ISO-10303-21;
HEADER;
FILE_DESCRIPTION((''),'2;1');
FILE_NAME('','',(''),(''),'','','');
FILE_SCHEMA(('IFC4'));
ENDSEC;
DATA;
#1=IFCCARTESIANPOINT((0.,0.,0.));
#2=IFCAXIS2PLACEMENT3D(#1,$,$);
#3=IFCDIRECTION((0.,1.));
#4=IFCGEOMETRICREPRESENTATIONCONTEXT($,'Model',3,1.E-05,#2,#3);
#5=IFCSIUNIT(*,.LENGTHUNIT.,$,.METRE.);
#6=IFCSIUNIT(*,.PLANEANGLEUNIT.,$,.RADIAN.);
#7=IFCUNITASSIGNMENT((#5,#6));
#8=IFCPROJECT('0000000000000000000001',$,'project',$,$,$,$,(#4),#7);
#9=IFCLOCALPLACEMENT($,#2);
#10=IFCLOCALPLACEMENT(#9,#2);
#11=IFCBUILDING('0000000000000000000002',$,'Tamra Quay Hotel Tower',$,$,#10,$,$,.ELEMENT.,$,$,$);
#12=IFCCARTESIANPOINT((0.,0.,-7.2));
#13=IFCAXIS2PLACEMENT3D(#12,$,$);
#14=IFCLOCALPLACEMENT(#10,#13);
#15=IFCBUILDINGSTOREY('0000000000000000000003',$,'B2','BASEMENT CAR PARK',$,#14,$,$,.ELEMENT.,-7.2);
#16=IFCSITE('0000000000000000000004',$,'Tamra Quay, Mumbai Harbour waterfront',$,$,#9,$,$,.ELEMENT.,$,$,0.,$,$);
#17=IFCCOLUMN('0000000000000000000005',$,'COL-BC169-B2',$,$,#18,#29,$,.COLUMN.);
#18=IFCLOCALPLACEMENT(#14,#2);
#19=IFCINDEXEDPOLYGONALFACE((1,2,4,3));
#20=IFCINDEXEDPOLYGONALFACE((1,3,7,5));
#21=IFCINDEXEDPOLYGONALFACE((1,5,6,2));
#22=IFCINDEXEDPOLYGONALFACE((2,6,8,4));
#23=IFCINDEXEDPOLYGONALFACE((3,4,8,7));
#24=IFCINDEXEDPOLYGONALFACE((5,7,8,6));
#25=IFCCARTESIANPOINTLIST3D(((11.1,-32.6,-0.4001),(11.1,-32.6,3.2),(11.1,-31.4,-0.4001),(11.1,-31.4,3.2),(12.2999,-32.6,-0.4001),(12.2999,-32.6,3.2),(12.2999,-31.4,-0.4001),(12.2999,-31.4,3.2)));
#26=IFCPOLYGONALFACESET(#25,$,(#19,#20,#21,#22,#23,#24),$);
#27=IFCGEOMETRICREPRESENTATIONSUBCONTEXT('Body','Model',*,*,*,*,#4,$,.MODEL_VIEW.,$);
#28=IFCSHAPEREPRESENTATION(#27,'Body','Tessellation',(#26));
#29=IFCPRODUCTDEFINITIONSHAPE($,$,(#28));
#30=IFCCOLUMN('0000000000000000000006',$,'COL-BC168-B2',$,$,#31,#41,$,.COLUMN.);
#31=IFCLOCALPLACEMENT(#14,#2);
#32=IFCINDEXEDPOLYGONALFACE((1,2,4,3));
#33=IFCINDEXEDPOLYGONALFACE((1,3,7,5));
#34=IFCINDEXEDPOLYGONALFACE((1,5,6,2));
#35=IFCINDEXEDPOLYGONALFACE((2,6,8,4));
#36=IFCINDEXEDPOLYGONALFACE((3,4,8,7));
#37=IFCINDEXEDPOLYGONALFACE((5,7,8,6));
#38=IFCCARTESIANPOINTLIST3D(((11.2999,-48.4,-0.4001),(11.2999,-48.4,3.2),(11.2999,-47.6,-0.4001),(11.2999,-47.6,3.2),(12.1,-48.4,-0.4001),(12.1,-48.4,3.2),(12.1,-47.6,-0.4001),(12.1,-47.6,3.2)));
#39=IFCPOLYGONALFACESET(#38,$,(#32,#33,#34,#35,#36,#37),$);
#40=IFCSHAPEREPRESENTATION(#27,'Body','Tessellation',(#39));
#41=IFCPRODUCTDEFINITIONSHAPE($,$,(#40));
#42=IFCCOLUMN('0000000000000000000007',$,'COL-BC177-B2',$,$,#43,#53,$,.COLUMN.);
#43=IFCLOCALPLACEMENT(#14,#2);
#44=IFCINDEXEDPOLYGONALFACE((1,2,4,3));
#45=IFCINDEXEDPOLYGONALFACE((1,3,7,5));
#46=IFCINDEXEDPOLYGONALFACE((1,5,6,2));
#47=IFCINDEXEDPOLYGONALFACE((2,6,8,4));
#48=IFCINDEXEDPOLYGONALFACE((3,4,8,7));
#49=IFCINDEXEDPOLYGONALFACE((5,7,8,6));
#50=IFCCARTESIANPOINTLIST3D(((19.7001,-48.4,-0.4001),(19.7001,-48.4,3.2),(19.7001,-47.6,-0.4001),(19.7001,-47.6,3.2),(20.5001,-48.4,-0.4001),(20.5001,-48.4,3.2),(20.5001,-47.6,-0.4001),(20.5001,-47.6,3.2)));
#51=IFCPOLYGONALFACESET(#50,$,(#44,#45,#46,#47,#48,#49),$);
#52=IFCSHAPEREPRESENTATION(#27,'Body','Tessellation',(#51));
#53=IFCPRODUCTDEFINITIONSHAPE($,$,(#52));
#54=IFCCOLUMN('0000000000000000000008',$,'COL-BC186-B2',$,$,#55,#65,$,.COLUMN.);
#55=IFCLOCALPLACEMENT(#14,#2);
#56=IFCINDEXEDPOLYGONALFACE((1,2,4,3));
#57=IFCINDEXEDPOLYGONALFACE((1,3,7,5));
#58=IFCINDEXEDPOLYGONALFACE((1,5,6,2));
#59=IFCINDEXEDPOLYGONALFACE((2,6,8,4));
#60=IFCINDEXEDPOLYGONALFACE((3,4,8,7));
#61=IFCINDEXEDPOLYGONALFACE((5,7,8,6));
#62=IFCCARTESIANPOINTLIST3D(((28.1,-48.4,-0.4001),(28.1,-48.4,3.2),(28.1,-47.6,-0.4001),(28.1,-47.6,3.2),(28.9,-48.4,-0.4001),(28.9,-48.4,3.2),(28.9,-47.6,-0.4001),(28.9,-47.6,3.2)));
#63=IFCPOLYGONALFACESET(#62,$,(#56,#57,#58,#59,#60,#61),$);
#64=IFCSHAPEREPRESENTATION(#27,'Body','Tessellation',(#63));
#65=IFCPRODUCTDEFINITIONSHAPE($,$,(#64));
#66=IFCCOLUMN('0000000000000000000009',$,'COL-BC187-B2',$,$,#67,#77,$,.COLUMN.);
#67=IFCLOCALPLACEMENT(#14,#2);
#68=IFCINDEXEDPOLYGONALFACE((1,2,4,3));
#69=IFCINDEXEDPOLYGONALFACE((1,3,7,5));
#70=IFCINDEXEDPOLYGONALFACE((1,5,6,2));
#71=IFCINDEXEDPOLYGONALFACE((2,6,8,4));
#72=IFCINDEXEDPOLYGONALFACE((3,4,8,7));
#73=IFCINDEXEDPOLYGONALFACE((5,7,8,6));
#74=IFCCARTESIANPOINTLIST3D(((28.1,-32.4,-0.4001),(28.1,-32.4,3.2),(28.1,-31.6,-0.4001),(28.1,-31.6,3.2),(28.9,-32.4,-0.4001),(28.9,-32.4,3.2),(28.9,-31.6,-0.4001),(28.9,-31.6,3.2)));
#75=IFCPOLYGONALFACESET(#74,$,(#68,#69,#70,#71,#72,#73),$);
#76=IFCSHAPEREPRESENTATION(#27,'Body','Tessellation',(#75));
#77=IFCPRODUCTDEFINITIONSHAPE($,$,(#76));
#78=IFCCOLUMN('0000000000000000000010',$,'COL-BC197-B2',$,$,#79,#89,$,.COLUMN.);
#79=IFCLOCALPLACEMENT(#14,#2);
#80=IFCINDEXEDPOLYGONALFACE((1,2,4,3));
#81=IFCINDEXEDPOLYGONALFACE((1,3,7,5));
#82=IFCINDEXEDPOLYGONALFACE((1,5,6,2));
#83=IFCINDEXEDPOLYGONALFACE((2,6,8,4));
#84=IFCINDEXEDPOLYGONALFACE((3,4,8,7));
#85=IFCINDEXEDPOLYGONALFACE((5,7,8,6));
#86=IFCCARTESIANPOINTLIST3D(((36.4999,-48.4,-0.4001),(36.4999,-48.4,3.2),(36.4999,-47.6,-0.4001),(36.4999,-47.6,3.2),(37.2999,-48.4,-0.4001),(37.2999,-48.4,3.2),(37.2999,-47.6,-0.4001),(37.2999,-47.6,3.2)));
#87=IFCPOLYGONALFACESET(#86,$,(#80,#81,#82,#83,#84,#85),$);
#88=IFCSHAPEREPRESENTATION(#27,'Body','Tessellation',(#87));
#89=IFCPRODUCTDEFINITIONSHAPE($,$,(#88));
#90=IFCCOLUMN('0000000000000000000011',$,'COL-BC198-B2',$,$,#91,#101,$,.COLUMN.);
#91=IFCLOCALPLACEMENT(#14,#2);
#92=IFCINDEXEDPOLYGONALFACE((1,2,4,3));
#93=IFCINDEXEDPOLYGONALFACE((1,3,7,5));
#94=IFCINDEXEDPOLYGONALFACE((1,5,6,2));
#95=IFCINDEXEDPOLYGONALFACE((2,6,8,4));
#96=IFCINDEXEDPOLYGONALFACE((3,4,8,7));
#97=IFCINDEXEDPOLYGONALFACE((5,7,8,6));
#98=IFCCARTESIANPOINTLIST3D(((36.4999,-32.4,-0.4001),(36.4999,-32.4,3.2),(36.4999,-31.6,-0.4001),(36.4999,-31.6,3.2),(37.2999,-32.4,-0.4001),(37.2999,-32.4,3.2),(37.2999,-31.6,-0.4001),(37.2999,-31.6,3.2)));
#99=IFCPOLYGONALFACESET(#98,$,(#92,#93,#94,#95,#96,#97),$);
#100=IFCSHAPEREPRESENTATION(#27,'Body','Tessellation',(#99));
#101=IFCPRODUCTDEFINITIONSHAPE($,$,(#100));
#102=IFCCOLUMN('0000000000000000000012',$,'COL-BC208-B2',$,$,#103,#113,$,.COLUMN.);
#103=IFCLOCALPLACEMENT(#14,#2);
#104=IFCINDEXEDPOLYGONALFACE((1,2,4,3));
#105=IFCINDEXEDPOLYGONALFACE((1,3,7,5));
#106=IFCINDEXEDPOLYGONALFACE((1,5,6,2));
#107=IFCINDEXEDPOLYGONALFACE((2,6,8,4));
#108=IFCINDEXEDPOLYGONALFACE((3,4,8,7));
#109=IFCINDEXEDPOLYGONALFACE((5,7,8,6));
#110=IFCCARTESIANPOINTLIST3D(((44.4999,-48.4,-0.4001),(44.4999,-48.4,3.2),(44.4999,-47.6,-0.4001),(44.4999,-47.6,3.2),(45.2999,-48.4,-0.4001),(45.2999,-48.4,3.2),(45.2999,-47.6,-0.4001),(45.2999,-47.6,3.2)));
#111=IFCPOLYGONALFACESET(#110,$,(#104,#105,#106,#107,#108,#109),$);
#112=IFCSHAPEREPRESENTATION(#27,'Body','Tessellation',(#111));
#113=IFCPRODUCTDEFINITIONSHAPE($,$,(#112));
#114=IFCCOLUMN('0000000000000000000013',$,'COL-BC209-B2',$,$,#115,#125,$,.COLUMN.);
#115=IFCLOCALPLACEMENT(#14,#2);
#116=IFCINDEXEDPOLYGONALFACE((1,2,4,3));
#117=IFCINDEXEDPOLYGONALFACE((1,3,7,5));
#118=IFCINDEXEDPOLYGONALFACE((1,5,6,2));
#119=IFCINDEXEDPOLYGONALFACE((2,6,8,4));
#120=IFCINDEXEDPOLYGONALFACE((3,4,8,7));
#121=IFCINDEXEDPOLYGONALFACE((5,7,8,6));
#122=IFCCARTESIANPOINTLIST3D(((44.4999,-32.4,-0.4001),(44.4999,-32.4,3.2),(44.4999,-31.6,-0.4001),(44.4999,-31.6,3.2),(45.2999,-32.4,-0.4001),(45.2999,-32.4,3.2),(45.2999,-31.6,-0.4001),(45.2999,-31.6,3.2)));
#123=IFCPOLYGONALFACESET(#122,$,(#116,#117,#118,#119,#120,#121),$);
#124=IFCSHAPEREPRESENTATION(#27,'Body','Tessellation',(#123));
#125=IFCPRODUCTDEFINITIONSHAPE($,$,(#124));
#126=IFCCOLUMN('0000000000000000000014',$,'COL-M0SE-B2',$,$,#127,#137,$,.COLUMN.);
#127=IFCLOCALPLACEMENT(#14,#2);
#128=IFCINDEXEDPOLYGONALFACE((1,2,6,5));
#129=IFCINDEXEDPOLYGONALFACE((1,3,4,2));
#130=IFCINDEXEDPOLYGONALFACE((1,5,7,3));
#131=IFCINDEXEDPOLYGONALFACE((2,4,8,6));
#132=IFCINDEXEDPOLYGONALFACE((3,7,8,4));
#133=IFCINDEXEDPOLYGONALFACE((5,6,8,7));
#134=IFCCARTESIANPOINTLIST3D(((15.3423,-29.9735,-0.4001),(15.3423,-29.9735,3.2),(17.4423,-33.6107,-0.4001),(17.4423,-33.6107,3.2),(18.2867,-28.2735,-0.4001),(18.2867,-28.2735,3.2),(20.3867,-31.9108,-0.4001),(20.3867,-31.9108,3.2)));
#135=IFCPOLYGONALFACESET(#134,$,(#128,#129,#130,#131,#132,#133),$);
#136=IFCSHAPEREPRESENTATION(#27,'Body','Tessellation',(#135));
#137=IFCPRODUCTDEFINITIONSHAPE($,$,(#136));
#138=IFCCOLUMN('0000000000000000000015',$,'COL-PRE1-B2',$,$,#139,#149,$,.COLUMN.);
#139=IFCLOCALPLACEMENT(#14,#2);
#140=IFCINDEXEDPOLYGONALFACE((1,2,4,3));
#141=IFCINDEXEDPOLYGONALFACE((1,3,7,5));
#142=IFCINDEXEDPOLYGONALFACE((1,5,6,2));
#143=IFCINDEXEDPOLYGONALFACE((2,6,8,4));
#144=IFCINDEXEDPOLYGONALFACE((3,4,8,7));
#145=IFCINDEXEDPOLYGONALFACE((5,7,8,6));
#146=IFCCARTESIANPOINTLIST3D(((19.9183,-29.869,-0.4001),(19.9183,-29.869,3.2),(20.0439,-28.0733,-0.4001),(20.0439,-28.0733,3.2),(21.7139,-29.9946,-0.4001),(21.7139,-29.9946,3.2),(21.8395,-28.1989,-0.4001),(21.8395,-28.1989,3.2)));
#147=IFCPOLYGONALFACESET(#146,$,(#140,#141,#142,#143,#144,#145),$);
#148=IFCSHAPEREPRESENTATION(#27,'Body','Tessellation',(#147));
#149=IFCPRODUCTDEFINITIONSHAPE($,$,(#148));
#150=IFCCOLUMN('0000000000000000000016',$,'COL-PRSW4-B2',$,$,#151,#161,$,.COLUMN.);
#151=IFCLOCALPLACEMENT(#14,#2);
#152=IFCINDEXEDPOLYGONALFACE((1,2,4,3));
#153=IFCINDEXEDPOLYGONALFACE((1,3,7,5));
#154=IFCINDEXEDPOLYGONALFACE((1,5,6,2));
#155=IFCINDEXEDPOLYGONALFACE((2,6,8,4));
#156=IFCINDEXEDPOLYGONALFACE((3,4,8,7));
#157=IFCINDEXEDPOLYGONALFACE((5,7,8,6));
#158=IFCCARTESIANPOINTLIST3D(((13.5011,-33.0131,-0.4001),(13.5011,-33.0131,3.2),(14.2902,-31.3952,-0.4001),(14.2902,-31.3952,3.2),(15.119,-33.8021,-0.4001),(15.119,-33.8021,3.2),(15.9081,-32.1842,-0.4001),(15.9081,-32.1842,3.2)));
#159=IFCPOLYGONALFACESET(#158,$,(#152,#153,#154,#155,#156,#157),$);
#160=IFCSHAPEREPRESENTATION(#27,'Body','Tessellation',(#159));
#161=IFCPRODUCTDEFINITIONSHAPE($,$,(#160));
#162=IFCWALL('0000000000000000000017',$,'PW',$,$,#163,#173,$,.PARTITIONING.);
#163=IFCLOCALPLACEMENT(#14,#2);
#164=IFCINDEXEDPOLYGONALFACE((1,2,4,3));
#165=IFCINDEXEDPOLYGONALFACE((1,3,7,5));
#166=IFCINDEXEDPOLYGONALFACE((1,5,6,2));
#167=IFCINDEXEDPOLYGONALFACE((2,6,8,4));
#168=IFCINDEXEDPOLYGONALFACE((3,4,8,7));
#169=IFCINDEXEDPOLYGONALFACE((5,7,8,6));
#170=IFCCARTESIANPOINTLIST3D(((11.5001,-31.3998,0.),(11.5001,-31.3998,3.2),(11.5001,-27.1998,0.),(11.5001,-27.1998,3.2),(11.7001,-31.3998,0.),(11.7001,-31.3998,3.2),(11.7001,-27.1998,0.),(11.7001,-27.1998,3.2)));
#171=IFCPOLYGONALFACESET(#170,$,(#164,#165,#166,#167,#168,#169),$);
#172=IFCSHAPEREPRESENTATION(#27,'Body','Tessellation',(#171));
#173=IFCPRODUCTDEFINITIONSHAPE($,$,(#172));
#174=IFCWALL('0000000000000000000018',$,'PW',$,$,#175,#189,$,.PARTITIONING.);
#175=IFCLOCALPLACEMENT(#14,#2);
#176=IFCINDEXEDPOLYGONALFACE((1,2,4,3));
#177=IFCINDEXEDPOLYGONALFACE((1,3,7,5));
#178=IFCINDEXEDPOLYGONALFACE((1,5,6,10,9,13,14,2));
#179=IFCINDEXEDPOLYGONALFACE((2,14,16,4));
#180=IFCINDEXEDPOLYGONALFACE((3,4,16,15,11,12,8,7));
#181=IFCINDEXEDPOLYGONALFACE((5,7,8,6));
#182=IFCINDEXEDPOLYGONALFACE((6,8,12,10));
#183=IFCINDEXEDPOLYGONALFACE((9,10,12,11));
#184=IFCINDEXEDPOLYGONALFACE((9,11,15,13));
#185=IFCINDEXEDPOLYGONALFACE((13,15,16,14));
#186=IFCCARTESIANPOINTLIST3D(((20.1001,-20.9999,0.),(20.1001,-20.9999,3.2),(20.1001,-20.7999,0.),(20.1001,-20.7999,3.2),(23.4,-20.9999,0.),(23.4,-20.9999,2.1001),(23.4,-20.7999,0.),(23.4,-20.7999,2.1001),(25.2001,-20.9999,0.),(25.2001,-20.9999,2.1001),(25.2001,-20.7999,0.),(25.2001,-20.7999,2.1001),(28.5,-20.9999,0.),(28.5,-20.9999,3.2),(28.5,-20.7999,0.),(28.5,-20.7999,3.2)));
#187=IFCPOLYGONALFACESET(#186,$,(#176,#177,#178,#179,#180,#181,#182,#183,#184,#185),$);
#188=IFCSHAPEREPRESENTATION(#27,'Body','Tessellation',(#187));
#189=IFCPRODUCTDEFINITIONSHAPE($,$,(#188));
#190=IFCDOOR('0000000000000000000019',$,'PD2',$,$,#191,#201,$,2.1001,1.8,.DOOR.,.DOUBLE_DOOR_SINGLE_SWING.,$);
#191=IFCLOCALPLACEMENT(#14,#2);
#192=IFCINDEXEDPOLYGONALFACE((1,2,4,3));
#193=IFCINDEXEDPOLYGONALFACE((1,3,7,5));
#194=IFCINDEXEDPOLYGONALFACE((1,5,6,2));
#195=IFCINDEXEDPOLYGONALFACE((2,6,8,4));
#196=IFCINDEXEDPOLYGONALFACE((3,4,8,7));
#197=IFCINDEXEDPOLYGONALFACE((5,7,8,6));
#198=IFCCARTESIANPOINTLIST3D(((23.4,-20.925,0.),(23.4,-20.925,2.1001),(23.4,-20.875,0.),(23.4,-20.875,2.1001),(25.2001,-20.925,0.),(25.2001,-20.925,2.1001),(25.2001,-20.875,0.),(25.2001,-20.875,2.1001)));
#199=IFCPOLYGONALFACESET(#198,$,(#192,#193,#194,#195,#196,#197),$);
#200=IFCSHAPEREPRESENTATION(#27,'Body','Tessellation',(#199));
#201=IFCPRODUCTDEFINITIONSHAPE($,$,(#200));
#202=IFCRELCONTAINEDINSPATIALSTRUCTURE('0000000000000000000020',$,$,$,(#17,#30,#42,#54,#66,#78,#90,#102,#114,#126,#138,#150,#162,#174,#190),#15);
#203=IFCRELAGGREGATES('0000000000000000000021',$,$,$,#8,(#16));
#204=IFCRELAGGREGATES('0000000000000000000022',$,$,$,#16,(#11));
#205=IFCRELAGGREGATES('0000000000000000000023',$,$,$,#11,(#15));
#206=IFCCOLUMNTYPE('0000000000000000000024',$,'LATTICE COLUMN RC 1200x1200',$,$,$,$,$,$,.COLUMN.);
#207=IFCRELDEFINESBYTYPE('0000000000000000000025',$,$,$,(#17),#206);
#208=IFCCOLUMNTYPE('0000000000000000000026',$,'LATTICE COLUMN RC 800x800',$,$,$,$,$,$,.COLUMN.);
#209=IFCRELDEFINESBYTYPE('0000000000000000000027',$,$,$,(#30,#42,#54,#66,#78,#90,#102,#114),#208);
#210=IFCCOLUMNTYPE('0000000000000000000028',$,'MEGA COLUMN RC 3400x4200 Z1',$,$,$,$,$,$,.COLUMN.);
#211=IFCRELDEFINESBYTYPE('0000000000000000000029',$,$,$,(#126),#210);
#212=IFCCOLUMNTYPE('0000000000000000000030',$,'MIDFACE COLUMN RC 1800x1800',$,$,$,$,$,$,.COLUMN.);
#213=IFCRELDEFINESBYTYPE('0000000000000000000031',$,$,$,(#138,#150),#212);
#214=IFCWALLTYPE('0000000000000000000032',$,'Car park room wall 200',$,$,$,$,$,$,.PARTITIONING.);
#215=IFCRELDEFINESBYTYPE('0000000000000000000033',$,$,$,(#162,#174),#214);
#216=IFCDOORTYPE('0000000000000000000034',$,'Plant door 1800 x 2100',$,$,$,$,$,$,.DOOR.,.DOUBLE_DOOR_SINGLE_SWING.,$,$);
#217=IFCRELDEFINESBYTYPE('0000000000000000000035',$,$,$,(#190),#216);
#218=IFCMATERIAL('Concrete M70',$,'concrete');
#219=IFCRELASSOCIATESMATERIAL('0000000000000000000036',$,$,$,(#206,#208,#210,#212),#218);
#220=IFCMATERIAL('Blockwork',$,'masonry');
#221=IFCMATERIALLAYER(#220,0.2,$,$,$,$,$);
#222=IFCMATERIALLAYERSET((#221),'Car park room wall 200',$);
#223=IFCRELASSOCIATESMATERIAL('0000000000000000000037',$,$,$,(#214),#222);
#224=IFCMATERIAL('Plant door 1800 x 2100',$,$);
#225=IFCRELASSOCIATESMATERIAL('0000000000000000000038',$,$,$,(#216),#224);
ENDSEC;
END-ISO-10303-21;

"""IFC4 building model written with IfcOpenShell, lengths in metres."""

from ifc_helpers import new_model, si_unit, direction, frame, frame_2d, origin, origin_2d, place, context, subcontext, project, spatial, rectangle, extrude, material, layer, layer_set, material_profile, profile_set, type_object, element, fill, save


model = new_model("IFC4")

# Units and contexts
model_context = context("Model", 3, precision=1e-05, world=origin(), true_north=direction((0.0, 1.0)))
body_context = subcontext(model_context, "Body", "Model", "MODEL_VIEW")
ifc_project = project(units=[si_unit("LENGTHUNIT", "METRE"), si_unit("PLANEANGLEUNIT", "RADIAN")], contexts=[model_context])

# Site, building, storey
site_placement = place(None, origin())
site = spatial("IfcSite", under=ifc_project, at=site_placement, Name="Tamra Quay, Mumbai Harbour waterfront", CompositionType="ELEMENT", RefElevation=0.0)
building_placement = place(site_placement, origin())
building = spatial("IfcBuilding", under=site, at=building_placement, Name="Tamra Quay Hotel Tower", CompositionType="ELEMENT")
storey_placement = place(building_placement, frame((0.0, 0.0, -7.2)))
storey = spatial("IfcBuildingStorey", under=building, at=storey_placement, Name="B2", Description="BASEMENT CAR PARK", CompositionType="ELEMENT", Elevation=-7.2)

# Columns
ifc_material_1 = material(Name="Concrete M70", Category="concrete")
ifc_material_profile_1 = material_profile(ifc_material_1, rectangle(XDim=1.2, YDim=1.2, at=origin_2d()), Name="LATTICE COLUMN RC 1200x1200")
ifc_profile_set_1 = profile_set([ifc_material_profile_1], Name="Concrete M70")
column_type_1 = type_object("IfcColumnType", Name="LATTICE COLUMN RC 1200x1200", PredefinedType="COLUMN", material=ifc_profile_set_1)
column_1_placement = place(storey_placement, frame((11.7, -32.0, -0.4001), z_axis=(0.0, 0.0, 1.0), x_axis=(1.0, 0.0, 0.0)))
element("IfcColumn", 1, at=column_1_placement, inside=storey, type_object=column_type_1, Name="COL-BC169-B2", PredefinedType="COLUMN", context=body_context, shape_type="SweptSolid", body=[
    extrude(rectangle(XDim=1.2, YDim=1.2, at=origin_2d()), origin(), (0.0, 0.0, 1.0), 3.6001),
])
ifc_material_profile_2 = material_profile(ifc_material_1, rectangle(XDim=0.8, YDim=0.8, at=origin_2d()), Name="LATTICE COLUMN RC 800x800")
ifc_profile_set_2 = profile_set([ifc_material_profile_2], Name="Concrete M70")
column_type_2 = type_object("IfcColumnType", Name="LATTICE COLUMN RC 800x800", PredefinedType="COLUMN", material=ifc_profile_set_2)
for number, where, z_axis, x_axis, name in (
    (2, (11.7, -48.0, -0.4001), (0.0, 0.0, 1.0), (1.0, 0.0, 0.0), "COL-BC168-B2"),
    (3, (20.1001, -48.0, -0.4001), (0.0, 0.0, 1.0), (1.0, 0.0, 0.0), "COL-BC177-B2"),
    (4, (28.5, -48.0, -0.4001), (0.0, 0.0, 1.0), (1.0, 0.0, 0.0), "COL-BC186-B2"),
    (5, (28.5, -32.0, -0.4001), (0.0, 0.0, 1.0), (1.0, 0.0, 0.0), "COL-BC187-B2"),
    (6, (36.8999, -48.0, -0.4001), (0.0, 0.0, 1.0), (1.0, 0.0, 0.0), "COL-BC197-B2"),
    (7, (36.8999, -32.0, -0.4001), (0.0, 0.0, 1.0), (1.0, 0.0, 0.0), "COL-BC198-B2"),
    (8, (44.8999, -48.0, -0.4001), (0.0, 0.0, 1.0), (1.0, 0.0, 0.0), "COL-BC208-B2"),
    (9, (44.8999, -32.0, -0.4001), (0.0, 0.0, 1.0), (1.0, 0.0, 0.0), "COL-BC209-B2"),
):
    element("IfcColumn", number, at=place(storey_placement, frame(where, z_axis=z_axis, x_axis=x_axis)), inside=storey, type_object=column_type_2, Name=name, PredefinedType="COLUMN", context=body_context, shape_type="SweptSolid", body=[
        extrude(rectangle(XDim=0.8, YDim=0.8, at=origin_2d()), origin(), (0.0, 0.0, 1.0), 3.6001),
    ])
ifc_material_profile_3 = material_profile(ifc_material_1, rectangle(XDim=4.2, YDim=3.3999, at=origin_2d()), Name="MEGA COLUMN RC 3400x4200 Z1")
ifc_profile_set_3 = profile_set([ifc_material_profile_3], Name="Concrete M70")
column_type_3 = type_object("IfcColumnType", Name="MEGA COLUMN RC 3400x4200 Z1", PredefinedType="COLUMN", material=ifc_profile_set_3)
column_2_placement = place(storey_placement, frame((17.8645, -30.9421, -0.4001), z_axis=(0.0, 0.0, 1.0), x_axis=(-0.5, 0.866025, 0.0)))
element("IfcColumn", 10, at=column_2_placement, inside=storey, type_object=column_type_3, Name="COL-M0SE-B2", PredefinedType="COLUMN", context=body_context, shape_type="SweptSolid", body=[
    extrude(rectangle(XDim=4.2, YDim=3.3999, at=origin_2d()), origin(), (0.0, 0.0, 1.0), 3.6001),
])
ifc_material_profile_4 = material_profile(ifc_material_1, rectangle(XDim=1.8, YDim=1.8, at=origin_2d()), Name="MIDFACE COLUMN RC 1800x1800")
ifc_profile_set_4 = profile_set([ifc_material_profile_4], Name="Concrete M70")
column_type_4 = type_object("IfcColumnType", Name="MIDFACE COLUMN RC 1800x1800", PredefinedType="COLUMN", material=ifc_profile_set_4)
for number, where, z_axis, x_axis, name in (
    (11, (20.8789, -29.0339, -0.4001), (0.0, 0.0, 1.0), (-0.997562, 0.06979, 0.0), "COL-PRE1-B2"),
    (12, (14.7046, -32.5986, -0.4001), (0.0, 0.0, 1.0), (0.438341, 0.898809, 0.0), "COL-PRSW4-B2"),
):
    element("IfcColumn", number, at=place(storey_placement, frame(where, z_axis=z_axis, x_axis=x_axis)), inside=storey, type_object=column_type_4, Name=name, PredefinedType="COLUMN", context=body_context, shape_type="SweptSolid", body=[
        extrude(rectangle(XDim=1.8, YDim=1.8, at=origin_2d()), origin(), (0.0, 0.0, 1.0), 3.6001),
    ])

# Wall
ifc_material_2 = material(Name="Blockwork", Category="masonry")
ifc_layer_1 = layer(ifc_material_2, 0.2)
ifc_layer_set_1 = layer_set([ifc_layer_1], Name="Car park room wall 200")
wall_type_1 = type_object("IfcWallType", Name="Car park room wall 200", PredefinedType="PARTITIONING", material=ifc_layer_set_1)
wall_1_placement = place(storey_placement, frame((11.6001, -31.3999, 0.0), z_axis=(0.0, 0.0, 1.0), x_axis=(0.0, 1.0, 0.0)))
element("IfcWall", 13, at=wall_1_placement, inside=storey, type_object=wall_type_1, Name="PW", PredefinedType="PARTITIONING", context=body_context, shape_type="SweptSolid", body=[
    extrude(rectangle(XDim=4.2, YDim=0.2, at=frame_2d((2.1001, 0.0))), origin(), (0.0, 0.0, 1.0), 3.2),
])

# Wall, opening, door
wall_2_placement = place(storey_placement, frame((20.1001, -20.8999, 0.0), z_axis=(0.0, 0.0, 1.0), x_axis=(1.0, 0.0, 0.0)))
wall_2 = element("IfcWall", 14, at=wall_2_placement, inside=storey, type_object=wall_type_1, Name="PW", PredefinedType="PARTITIONING", context=body_context, shape_type="SweptSolid", body=[
    extrude(rectangle(XDim=8.3999, YDim=0.2, at=frame_2d((4.2, 0.0))), origin(), (0.0, 0.0, 1.0), 3.2),
])
opening_1_placement = place(wall_2_placement, frame((3.3, 0.0, 0.0)))
opening_1 = element("IfcOpeningElement", 15, at=opening_1_placement, cuts=wall_2, PredefinedType="OPENING", context=body_context, shape_type="SweptSolid", body=[
    extrude(rectangle(XDim=1.8, YDim=2.1001, at=frame_2d((0.8999, 1.05))), frame((0.0, 0.1099, 0.0), z_axis=(0.0, -1.0, 0.0), x_axis=(1.0, 0.0, 0.0)), (0.0, 0.0, 1.0), 0.22),
])
ifc_material_3 = material(Name="Plant door 1800 x 2100")
door_type_1 = type_object("IfcDoorType", Name="Plant door 1800 x 2100", OperationType="DOUBLE_DOOR_SINGLE_SWING", PredefinedType="DOOR", material=ifc_material_3)
door_1_placement = place(opening_1_placement, origin())
door_1 = element("IfcDoor", 16, at=door_1_placement, inside=storey, type_object=door_type_1, Name="PD2", OperationType="DOUBLE_DOOR_SINGLE_SWING", OverallHeight=2.1001, OverallWidth=1.8, PredefinedType="DOOR", context=body_context, shape_type="SweptSolid", body=[
    extrude(rectangle(XDim=1.8, YDim=2.1001, at=frame_2d((0.8999, 1.05))), frame((0.0, 0.0249, 0.0), z_axis=(0.0, -1.0, 0.0), x_axis=(1.0, 0.0, 0.0)), (0.0, 0.0, 1.0), 0.05),
])
fill(opening_1, door_1)

save(model, "model.ifc")
